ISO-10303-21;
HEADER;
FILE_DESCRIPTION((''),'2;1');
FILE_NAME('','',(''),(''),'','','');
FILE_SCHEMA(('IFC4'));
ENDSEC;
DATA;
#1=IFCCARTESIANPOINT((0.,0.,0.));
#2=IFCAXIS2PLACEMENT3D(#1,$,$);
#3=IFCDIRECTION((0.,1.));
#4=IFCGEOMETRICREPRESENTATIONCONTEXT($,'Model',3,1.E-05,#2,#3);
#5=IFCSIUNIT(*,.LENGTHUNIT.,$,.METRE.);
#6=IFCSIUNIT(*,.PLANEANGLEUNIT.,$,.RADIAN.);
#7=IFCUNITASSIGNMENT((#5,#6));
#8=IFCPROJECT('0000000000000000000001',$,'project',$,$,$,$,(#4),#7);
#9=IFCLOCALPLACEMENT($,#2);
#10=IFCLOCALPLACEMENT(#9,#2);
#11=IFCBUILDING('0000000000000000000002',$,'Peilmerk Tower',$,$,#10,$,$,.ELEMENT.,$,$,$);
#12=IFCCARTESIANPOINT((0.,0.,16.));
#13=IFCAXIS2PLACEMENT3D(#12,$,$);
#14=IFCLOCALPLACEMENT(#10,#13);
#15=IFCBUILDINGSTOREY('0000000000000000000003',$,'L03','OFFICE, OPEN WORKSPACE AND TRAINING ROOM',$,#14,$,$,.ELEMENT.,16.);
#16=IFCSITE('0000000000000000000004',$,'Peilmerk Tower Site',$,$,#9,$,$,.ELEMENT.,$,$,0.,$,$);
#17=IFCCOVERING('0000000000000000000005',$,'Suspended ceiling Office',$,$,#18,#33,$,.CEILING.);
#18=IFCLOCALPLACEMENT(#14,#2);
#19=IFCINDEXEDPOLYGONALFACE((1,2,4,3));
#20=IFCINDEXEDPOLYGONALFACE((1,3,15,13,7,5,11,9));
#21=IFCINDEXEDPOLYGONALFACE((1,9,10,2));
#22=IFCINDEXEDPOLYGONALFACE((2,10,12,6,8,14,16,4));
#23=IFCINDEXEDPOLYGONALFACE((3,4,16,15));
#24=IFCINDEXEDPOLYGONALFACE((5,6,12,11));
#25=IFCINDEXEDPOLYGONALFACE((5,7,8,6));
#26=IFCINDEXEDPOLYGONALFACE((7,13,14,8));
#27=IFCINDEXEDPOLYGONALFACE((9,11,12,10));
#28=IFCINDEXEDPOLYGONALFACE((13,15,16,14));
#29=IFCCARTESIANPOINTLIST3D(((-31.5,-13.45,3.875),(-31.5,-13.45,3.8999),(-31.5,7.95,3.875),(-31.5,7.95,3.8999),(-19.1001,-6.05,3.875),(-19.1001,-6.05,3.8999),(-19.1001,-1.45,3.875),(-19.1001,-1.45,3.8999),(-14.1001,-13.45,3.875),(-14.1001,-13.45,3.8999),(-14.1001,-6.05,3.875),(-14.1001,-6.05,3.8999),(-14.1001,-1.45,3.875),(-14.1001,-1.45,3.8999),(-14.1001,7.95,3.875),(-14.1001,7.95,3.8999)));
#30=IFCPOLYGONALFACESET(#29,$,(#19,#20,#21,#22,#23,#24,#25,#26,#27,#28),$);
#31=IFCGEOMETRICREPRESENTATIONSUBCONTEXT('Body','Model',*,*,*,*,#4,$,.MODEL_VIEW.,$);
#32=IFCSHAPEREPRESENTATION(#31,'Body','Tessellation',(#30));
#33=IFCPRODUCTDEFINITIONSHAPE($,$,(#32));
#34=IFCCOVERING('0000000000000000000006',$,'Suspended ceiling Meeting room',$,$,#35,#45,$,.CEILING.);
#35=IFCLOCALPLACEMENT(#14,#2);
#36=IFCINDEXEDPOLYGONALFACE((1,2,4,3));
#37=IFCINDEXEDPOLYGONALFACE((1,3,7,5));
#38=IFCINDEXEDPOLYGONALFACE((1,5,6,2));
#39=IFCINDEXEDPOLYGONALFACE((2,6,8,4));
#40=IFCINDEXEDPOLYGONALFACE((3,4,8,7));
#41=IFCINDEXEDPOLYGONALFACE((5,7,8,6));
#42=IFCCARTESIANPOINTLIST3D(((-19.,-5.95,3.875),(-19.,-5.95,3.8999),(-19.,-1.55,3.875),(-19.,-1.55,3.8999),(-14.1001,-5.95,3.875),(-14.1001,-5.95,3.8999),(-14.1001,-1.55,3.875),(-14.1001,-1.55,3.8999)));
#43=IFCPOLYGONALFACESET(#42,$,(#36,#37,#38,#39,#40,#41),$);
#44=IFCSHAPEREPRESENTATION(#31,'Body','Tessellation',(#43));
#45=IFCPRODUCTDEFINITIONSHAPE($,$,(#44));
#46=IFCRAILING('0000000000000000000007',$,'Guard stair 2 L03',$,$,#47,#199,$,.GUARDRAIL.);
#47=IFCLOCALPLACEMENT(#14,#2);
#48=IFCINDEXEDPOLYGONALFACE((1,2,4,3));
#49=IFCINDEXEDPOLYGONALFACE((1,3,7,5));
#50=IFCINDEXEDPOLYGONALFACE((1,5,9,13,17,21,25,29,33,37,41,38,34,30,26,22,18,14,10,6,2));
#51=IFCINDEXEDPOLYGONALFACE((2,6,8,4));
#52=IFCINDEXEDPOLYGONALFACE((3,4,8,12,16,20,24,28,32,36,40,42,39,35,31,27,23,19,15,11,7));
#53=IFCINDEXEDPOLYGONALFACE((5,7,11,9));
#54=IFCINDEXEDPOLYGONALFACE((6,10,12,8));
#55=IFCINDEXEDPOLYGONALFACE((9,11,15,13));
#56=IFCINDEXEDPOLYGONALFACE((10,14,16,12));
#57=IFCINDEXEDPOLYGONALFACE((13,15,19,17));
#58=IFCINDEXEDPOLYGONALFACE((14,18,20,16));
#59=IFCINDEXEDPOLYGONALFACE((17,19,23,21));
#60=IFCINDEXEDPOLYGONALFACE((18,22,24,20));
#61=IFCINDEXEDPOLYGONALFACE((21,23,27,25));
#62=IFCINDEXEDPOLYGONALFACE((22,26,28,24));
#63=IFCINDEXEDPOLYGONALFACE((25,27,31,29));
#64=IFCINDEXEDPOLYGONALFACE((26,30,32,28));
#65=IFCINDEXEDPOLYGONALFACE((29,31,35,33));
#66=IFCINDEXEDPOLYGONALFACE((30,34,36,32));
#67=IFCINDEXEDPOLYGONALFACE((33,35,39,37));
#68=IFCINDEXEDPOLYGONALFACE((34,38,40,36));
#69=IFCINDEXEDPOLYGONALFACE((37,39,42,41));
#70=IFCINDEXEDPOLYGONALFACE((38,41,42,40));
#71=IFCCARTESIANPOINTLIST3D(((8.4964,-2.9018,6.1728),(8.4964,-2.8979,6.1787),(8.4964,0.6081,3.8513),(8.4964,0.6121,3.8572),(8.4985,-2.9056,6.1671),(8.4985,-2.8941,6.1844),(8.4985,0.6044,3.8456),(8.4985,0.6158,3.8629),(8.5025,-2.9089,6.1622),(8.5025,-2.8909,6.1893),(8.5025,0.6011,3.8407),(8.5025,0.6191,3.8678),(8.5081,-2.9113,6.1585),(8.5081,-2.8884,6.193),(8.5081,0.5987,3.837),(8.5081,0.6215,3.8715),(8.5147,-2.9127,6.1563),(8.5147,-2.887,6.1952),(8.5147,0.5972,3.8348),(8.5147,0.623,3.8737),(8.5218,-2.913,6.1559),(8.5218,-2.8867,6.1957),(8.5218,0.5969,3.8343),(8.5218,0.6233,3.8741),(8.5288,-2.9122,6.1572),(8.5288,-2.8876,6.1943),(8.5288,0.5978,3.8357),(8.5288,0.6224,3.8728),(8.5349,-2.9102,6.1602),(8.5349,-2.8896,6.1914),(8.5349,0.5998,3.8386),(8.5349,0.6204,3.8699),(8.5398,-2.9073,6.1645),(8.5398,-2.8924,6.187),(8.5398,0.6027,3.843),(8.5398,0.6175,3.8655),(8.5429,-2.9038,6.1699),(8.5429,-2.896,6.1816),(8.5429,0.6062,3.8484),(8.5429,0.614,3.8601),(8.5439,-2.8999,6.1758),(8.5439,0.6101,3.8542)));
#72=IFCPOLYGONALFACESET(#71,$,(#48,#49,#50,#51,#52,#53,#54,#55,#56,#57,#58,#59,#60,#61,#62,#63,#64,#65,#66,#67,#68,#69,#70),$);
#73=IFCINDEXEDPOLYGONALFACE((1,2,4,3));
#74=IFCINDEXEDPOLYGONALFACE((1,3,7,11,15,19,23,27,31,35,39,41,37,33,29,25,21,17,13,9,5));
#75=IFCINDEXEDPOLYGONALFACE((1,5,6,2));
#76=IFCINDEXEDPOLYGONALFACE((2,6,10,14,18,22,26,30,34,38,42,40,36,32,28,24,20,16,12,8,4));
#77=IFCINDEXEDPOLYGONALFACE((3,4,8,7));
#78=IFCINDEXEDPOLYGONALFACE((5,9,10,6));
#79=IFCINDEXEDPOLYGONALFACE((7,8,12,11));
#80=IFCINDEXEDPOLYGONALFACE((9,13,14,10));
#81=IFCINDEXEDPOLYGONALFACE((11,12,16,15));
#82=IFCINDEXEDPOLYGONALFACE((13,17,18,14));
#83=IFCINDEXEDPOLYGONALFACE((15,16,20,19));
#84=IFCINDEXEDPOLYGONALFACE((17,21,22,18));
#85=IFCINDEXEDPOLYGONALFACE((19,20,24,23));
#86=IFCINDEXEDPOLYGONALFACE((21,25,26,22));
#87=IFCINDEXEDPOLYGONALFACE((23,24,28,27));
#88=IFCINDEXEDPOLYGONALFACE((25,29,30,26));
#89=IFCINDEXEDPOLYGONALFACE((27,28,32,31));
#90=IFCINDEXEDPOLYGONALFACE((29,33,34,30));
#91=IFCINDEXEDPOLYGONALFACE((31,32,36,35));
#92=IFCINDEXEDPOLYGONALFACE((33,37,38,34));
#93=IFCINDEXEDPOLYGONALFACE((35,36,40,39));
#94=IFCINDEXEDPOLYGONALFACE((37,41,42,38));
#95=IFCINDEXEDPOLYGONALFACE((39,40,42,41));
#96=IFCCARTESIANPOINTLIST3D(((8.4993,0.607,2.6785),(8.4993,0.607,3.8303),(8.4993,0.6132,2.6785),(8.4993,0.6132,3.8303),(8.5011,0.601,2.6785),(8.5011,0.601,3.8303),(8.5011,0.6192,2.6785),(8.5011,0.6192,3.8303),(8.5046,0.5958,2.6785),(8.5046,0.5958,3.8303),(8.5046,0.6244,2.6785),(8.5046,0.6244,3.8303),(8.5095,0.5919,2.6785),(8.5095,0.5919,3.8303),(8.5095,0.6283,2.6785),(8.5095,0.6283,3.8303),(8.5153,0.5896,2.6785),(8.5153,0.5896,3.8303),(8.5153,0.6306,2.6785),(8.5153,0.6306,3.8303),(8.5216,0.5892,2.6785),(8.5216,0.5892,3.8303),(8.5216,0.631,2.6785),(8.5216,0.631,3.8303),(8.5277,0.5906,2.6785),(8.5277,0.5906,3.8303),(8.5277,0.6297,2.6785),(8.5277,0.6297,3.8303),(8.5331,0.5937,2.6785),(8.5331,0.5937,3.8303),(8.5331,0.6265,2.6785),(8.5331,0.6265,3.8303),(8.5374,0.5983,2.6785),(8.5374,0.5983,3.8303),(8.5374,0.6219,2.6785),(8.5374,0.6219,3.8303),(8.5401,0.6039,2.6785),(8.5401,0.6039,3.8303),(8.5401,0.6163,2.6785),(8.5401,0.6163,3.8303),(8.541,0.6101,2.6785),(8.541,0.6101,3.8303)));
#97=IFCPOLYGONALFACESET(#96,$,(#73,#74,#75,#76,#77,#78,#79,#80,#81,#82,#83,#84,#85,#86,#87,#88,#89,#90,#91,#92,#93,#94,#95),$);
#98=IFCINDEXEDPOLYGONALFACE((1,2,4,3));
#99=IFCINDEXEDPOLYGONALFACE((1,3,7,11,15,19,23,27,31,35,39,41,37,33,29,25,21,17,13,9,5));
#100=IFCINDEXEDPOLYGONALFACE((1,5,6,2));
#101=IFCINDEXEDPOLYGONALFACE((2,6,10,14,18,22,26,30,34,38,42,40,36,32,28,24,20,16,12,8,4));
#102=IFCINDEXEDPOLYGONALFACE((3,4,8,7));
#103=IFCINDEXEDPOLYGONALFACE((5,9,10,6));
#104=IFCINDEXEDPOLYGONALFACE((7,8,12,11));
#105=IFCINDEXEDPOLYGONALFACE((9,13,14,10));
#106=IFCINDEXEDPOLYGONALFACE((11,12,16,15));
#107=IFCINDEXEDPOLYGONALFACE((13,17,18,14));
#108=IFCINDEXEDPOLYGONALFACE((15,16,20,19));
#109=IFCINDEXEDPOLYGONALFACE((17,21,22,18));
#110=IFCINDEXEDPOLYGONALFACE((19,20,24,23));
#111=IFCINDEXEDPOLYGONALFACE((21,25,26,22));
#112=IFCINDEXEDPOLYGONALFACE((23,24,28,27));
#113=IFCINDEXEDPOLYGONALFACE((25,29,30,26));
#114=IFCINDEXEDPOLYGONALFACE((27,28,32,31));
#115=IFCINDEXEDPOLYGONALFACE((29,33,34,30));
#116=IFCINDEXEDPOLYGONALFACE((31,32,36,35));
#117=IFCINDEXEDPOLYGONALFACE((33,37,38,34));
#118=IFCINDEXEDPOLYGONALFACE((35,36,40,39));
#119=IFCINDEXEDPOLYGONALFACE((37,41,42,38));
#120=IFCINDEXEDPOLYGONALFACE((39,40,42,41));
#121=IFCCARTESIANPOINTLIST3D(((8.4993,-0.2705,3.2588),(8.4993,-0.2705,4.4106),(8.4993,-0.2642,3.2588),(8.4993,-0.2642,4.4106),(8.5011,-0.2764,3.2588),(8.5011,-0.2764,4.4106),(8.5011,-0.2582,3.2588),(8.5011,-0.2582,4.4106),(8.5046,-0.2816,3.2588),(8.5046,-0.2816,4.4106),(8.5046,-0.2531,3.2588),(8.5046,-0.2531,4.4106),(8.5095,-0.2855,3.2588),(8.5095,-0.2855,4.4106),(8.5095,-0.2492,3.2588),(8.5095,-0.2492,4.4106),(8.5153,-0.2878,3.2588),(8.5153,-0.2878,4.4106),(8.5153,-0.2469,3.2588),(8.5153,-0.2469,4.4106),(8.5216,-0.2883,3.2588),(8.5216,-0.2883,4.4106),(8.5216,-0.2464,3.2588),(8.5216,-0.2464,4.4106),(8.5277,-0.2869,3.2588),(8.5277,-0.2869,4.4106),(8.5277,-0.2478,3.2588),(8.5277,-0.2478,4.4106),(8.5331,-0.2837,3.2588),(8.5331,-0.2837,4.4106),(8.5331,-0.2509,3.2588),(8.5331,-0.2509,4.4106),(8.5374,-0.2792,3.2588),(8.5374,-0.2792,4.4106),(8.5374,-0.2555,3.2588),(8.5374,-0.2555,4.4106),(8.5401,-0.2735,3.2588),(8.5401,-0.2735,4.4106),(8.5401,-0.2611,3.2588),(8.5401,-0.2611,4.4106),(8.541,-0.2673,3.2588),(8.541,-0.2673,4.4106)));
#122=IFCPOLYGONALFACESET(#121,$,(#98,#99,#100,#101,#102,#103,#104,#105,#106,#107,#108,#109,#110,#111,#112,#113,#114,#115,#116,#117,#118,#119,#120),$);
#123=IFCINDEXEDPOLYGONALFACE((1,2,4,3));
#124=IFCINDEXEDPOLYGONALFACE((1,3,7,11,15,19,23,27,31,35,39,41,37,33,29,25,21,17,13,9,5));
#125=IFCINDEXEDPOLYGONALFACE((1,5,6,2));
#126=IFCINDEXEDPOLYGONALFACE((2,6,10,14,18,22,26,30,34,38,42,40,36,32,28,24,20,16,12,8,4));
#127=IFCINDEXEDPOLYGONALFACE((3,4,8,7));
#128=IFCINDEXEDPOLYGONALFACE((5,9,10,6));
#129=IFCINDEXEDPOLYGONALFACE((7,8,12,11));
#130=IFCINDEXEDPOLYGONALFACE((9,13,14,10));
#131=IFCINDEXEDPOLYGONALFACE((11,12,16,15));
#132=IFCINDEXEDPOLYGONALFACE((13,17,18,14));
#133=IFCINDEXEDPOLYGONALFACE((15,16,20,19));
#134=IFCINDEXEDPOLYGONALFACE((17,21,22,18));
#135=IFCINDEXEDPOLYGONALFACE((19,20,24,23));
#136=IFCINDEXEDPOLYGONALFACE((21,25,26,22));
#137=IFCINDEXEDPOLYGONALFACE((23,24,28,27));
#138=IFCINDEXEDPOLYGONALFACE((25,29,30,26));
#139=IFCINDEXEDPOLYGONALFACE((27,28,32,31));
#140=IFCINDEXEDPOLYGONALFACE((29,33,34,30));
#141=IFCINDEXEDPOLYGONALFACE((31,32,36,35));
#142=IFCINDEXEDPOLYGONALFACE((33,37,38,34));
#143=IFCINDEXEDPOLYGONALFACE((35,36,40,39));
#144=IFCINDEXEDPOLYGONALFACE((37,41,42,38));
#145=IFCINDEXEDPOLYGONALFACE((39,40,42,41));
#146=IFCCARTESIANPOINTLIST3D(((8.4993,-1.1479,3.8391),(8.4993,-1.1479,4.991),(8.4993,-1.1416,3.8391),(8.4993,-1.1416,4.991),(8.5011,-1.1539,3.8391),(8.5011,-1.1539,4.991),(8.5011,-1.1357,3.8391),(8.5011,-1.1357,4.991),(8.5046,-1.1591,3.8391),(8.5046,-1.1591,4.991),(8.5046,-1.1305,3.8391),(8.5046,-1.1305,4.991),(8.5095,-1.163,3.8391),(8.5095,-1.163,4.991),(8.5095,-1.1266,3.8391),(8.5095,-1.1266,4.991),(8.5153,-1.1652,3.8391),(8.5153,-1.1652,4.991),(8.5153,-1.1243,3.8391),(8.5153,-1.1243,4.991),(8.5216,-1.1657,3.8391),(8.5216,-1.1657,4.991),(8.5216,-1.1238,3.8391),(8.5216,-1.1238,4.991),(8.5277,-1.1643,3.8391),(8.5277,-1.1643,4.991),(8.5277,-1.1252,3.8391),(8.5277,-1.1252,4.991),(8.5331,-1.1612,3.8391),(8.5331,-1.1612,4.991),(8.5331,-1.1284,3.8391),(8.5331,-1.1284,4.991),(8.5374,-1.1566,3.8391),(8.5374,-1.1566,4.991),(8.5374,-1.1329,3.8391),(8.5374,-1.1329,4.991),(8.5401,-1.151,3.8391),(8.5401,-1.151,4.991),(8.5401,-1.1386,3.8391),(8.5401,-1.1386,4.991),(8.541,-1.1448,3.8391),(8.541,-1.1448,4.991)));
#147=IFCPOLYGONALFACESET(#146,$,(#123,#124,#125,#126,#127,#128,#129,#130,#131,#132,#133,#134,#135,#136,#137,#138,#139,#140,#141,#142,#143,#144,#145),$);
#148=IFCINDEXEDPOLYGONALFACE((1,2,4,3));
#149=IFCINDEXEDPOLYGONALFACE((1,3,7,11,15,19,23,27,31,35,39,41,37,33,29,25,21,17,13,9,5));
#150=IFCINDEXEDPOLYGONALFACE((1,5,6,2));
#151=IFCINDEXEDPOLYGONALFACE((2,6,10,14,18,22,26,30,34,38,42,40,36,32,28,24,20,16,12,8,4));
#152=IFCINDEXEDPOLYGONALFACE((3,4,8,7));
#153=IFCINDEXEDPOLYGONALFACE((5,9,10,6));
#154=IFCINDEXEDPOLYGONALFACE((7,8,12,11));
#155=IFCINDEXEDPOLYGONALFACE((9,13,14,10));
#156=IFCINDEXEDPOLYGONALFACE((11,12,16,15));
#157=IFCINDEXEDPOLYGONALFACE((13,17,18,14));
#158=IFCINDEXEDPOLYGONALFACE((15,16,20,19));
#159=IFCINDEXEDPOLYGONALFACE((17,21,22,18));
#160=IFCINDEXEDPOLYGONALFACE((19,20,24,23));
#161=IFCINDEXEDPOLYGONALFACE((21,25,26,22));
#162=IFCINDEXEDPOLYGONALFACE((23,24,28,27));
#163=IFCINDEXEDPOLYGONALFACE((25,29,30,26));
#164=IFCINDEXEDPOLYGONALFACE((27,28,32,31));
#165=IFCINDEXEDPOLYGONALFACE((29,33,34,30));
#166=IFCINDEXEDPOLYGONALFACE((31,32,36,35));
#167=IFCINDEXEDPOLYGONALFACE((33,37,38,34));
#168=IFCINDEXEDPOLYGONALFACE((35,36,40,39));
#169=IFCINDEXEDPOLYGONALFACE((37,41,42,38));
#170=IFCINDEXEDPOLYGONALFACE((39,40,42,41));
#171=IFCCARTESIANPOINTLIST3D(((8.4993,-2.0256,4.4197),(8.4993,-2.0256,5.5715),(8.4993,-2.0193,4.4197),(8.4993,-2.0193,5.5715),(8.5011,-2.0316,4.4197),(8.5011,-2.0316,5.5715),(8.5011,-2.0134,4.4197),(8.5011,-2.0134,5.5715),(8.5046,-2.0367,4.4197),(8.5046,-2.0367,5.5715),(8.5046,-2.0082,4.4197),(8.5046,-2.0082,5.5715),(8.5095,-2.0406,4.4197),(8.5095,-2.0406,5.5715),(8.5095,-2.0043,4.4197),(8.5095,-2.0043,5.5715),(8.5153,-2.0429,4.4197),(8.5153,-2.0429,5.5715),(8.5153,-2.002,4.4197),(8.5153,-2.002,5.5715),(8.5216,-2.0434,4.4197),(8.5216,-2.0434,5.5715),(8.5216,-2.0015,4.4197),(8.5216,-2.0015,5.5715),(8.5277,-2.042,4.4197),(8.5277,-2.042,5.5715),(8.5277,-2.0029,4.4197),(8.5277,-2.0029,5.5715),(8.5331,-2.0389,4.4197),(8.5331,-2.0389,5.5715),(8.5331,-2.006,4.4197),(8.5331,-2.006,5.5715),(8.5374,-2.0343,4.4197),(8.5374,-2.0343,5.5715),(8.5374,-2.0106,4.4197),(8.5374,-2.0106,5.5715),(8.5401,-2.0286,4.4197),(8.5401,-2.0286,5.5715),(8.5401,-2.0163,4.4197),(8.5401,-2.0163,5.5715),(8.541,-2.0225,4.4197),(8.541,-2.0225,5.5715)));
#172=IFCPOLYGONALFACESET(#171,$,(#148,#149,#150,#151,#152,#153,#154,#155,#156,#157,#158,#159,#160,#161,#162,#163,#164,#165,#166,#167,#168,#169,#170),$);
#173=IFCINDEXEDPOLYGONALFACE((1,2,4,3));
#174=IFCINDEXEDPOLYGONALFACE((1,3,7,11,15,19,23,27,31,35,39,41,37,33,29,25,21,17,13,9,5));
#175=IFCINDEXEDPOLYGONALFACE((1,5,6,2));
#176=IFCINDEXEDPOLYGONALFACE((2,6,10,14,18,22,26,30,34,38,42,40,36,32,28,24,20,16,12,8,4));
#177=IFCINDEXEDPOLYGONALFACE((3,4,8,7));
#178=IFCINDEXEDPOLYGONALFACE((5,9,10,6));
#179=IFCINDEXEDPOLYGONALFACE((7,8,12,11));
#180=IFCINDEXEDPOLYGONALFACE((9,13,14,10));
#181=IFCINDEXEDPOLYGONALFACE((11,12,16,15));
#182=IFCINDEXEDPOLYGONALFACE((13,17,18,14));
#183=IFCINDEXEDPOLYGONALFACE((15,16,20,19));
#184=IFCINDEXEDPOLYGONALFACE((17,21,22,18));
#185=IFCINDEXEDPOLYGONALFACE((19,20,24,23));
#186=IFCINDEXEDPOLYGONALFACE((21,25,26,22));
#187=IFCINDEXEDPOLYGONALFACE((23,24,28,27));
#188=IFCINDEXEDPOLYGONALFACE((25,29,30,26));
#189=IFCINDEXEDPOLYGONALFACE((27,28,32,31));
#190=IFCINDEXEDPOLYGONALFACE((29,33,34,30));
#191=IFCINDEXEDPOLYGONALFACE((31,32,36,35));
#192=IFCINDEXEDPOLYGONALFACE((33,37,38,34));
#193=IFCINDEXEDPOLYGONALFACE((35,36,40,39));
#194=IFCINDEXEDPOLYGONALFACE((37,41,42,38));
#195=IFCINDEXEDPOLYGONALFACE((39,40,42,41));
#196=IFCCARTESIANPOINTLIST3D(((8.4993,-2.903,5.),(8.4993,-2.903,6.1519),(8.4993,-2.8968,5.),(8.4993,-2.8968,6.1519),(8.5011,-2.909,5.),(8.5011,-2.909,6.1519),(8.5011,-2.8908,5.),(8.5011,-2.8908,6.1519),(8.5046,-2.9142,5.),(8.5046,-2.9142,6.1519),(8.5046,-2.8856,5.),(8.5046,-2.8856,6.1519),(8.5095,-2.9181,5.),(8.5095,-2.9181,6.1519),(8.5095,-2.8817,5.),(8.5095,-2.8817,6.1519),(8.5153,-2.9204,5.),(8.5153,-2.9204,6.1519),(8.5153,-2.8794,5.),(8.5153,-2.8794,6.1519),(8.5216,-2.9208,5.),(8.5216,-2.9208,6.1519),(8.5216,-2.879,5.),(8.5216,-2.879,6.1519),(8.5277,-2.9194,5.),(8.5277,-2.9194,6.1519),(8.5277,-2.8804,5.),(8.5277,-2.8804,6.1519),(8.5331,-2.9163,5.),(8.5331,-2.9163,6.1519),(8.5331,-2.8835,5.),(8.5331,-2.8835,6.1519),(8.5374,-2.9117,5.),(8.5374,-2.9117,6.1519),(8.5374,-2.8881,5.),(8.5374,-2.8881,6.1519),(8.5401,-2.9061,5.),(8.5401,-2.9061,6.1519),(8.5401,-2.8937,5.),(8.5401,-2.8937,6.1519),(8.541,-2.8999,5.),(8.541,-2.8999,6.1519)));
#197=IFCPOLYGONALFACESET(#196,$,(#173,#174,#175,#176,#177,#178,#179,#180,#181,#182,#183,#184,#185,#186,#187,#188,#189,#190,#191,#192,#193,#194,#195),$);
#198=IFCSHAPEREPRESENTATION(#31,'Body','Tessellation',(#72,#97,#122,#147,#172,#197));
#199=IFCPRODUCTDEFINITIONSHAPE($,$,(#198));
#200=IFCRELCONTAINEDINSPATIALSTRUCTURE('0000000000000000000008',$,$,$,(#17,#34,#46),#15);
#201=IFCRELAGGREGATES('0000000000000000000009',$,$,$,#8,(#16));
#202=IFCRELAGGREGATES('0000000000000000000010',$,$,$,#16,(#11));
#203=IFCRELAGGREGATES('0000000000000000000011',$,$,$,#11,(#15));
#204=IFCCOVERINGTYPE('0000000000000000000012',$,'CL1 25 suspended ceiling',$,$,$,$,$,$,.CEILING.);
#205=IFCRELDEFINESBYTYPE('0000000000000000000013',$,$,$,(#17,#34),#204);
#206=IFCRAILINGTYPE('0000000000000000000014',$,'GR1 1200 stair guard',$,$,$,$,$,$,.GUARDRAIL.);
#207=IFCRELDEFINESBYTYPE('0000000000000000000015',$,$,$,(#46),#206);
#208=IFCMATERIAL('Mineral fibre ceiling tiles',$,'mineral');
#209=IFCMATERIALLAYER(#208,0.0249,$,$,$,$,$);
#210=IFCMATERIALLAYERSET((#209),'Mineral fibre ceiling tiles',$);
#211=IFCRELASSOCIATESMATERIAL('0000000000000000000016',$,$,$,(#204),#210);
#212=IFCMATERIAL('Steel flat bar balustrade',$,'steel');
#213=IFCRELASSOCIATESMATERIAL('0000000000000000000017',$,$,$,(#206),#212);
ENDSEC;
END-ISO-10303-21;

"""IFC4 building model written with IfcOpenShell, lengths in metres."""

from ifc_helpers import new_model, si_unit, direction, frame, origin, origin_2d, place, context, subcontext, project, spatial, polyline, circle, outline, extrude, material, layer, layer_set, type_object, element, save


model = new_model("IFC4")

# Units and contexts
model_context = context("Model", 3, precision=1e-05, world=origin(), true_north=direction((0.0, 1.0)))
body_context = subcontext(model_context, "Body", "Model", "MODEL_VIEW")
ifc_project = project(units=[si_unit("LENGTHUNIT", "METRE"), si_unit("PLANEANGLEUNIT", "RADIAN")], contexts=[model_context])

# Site, building, storey
site_placement = place(None, origin())
site = spatial("IfcSite", under=ifc_project, at=site_placement, Name="Peilmerk Tower Site", CompositionType="ELEMENT", RefElevation=0.0)
building_placement = place(site_placement, origin())
building = spatial("IfcBuilding", under=site, at=building_placement, Name="Peilmerk Tower", CompositionType="ELEMENT")
storey_placement = place(building_placement, frame((0.0, 0.0, 16.0)))
storey = spatial("IfcBuildingStorey", under=building, at=storey_placement, Name="L03", Description="OFFICE, OPEN WORKSPACE AND TRAINING ROOM", CompositionType="ELEMENT", Elevation=16.0)

# Coverings
ifc_material_1 = material(Name="Mineral fibre ceiling tiles", Category="mineral")
ifc_layer_1 = layer(ifc_material_1, 0.0249)
ifc_layer_set_1 = layer_set([ifc_layer_1], Name="Mineral fibre ceiling tiles")
covering_type = type_object("IfcCoveringType", Name="CL1 25 suspended ceiling", PredefinedType="CEILING", material=ifc_layer_set_1)
covering_1_placement = place(storey_placement, frame((0.0, 0.0, 3.875)))
element("IfcCovering", 1, at=covering_1_placement, inside=storey, type_object=covering_type, Name="Suspended ceiling Office", PredefinedType="CEILING", context=body_context, shape_type="SweptSolid", body=[
    extrude(outline(polyline([(-14.1001, 7.95), (-31.5, 7.95), (-31.5, -13.45), (-14.1001, -13.45), (-14.1001, -6.05), (-19.1001, -6.05), (-19.1001, -1.45), (-14.1001, -1.45), (-14.1001, 7.95)])), origin(), (0.0, 0.0, 1.0), 0.0249),
])
covering_2_placement = place(storey_placement, frame((0.0, 0.0, 3.875)))
element("IfcCovering", 2, at=covering_2_placement, inside=storey, type_object=covering_type, Name="Suspended ceiling Meeting room", PredefinedType="CEILING", context=body_context, shape_type="SweptSolid", body=[
    extrude(outline(polyline([(-14.1001, -5.95), (-14.1001, -1.55), (-19.0, -1.55), (-19.0, -5.95), (-14.1001, -5.95)])), origin(), (0.0, 0.0, 1.0), 0.0249),
])

# Railing
ifc_material_2 = material(Name="Steel flat bar balustrade", Category="steel")
railing_type_1 = type_object("IfcRailingType", Name="GR1 1200 stair guard", PredefinedType="GUARDRAIL", material=ifc_material_2)
railing_1_placement = place(storey_placement, frame((8.52, 0.6101, 2.6785)))
element("IfcRailing", 3, at=railing_1_placement, inside=storey, type_object=railing_type_1, Name="Guard stair 2 L03", PredefinedType="GUARDRAIL", context=body_context, shape_type="SweptSolid", body=[
    extrude(circle(Radius=0.0239, at=origin_2d()), frame((0.0, 0.0, 1.1758), z_axis=(0.0, -0.834071, 0.551657), x_axis=(1.0, 0.0, 0.0)), (0.0, 0.0, 1.0), 4.2083),
    extrude(circle(Radius=0.021, at=origin_2d()), origin(), (0.0, 0.0, 1.0), 1.1519),
    extrude(circle(Radius=0.021, at=origin_2d()), frame((0.0, -0.8774, 0.5803)), (0.0, 0.0, 1.0), 1.1519),
    extrude(circle(Radius=0.021, at=origin_2d()), frame((0.0, -1.7549, 1.1606)), (0.0, 0.0, 1.0), 1.1519),
    extrude(circle(Radius=0.021, at=origin_2d()), frame((0.0, -2.6326, 1.7412)), (0.0, 0.0, 1.0), 1.1519),
    extrude(circle(Radius=0.021, at=origin_2d()), frame((0.0, -3.51, 2.3215)), (0.0, 0.0, 1.0), 1.1519),
])

save(model, "model.ifc")
